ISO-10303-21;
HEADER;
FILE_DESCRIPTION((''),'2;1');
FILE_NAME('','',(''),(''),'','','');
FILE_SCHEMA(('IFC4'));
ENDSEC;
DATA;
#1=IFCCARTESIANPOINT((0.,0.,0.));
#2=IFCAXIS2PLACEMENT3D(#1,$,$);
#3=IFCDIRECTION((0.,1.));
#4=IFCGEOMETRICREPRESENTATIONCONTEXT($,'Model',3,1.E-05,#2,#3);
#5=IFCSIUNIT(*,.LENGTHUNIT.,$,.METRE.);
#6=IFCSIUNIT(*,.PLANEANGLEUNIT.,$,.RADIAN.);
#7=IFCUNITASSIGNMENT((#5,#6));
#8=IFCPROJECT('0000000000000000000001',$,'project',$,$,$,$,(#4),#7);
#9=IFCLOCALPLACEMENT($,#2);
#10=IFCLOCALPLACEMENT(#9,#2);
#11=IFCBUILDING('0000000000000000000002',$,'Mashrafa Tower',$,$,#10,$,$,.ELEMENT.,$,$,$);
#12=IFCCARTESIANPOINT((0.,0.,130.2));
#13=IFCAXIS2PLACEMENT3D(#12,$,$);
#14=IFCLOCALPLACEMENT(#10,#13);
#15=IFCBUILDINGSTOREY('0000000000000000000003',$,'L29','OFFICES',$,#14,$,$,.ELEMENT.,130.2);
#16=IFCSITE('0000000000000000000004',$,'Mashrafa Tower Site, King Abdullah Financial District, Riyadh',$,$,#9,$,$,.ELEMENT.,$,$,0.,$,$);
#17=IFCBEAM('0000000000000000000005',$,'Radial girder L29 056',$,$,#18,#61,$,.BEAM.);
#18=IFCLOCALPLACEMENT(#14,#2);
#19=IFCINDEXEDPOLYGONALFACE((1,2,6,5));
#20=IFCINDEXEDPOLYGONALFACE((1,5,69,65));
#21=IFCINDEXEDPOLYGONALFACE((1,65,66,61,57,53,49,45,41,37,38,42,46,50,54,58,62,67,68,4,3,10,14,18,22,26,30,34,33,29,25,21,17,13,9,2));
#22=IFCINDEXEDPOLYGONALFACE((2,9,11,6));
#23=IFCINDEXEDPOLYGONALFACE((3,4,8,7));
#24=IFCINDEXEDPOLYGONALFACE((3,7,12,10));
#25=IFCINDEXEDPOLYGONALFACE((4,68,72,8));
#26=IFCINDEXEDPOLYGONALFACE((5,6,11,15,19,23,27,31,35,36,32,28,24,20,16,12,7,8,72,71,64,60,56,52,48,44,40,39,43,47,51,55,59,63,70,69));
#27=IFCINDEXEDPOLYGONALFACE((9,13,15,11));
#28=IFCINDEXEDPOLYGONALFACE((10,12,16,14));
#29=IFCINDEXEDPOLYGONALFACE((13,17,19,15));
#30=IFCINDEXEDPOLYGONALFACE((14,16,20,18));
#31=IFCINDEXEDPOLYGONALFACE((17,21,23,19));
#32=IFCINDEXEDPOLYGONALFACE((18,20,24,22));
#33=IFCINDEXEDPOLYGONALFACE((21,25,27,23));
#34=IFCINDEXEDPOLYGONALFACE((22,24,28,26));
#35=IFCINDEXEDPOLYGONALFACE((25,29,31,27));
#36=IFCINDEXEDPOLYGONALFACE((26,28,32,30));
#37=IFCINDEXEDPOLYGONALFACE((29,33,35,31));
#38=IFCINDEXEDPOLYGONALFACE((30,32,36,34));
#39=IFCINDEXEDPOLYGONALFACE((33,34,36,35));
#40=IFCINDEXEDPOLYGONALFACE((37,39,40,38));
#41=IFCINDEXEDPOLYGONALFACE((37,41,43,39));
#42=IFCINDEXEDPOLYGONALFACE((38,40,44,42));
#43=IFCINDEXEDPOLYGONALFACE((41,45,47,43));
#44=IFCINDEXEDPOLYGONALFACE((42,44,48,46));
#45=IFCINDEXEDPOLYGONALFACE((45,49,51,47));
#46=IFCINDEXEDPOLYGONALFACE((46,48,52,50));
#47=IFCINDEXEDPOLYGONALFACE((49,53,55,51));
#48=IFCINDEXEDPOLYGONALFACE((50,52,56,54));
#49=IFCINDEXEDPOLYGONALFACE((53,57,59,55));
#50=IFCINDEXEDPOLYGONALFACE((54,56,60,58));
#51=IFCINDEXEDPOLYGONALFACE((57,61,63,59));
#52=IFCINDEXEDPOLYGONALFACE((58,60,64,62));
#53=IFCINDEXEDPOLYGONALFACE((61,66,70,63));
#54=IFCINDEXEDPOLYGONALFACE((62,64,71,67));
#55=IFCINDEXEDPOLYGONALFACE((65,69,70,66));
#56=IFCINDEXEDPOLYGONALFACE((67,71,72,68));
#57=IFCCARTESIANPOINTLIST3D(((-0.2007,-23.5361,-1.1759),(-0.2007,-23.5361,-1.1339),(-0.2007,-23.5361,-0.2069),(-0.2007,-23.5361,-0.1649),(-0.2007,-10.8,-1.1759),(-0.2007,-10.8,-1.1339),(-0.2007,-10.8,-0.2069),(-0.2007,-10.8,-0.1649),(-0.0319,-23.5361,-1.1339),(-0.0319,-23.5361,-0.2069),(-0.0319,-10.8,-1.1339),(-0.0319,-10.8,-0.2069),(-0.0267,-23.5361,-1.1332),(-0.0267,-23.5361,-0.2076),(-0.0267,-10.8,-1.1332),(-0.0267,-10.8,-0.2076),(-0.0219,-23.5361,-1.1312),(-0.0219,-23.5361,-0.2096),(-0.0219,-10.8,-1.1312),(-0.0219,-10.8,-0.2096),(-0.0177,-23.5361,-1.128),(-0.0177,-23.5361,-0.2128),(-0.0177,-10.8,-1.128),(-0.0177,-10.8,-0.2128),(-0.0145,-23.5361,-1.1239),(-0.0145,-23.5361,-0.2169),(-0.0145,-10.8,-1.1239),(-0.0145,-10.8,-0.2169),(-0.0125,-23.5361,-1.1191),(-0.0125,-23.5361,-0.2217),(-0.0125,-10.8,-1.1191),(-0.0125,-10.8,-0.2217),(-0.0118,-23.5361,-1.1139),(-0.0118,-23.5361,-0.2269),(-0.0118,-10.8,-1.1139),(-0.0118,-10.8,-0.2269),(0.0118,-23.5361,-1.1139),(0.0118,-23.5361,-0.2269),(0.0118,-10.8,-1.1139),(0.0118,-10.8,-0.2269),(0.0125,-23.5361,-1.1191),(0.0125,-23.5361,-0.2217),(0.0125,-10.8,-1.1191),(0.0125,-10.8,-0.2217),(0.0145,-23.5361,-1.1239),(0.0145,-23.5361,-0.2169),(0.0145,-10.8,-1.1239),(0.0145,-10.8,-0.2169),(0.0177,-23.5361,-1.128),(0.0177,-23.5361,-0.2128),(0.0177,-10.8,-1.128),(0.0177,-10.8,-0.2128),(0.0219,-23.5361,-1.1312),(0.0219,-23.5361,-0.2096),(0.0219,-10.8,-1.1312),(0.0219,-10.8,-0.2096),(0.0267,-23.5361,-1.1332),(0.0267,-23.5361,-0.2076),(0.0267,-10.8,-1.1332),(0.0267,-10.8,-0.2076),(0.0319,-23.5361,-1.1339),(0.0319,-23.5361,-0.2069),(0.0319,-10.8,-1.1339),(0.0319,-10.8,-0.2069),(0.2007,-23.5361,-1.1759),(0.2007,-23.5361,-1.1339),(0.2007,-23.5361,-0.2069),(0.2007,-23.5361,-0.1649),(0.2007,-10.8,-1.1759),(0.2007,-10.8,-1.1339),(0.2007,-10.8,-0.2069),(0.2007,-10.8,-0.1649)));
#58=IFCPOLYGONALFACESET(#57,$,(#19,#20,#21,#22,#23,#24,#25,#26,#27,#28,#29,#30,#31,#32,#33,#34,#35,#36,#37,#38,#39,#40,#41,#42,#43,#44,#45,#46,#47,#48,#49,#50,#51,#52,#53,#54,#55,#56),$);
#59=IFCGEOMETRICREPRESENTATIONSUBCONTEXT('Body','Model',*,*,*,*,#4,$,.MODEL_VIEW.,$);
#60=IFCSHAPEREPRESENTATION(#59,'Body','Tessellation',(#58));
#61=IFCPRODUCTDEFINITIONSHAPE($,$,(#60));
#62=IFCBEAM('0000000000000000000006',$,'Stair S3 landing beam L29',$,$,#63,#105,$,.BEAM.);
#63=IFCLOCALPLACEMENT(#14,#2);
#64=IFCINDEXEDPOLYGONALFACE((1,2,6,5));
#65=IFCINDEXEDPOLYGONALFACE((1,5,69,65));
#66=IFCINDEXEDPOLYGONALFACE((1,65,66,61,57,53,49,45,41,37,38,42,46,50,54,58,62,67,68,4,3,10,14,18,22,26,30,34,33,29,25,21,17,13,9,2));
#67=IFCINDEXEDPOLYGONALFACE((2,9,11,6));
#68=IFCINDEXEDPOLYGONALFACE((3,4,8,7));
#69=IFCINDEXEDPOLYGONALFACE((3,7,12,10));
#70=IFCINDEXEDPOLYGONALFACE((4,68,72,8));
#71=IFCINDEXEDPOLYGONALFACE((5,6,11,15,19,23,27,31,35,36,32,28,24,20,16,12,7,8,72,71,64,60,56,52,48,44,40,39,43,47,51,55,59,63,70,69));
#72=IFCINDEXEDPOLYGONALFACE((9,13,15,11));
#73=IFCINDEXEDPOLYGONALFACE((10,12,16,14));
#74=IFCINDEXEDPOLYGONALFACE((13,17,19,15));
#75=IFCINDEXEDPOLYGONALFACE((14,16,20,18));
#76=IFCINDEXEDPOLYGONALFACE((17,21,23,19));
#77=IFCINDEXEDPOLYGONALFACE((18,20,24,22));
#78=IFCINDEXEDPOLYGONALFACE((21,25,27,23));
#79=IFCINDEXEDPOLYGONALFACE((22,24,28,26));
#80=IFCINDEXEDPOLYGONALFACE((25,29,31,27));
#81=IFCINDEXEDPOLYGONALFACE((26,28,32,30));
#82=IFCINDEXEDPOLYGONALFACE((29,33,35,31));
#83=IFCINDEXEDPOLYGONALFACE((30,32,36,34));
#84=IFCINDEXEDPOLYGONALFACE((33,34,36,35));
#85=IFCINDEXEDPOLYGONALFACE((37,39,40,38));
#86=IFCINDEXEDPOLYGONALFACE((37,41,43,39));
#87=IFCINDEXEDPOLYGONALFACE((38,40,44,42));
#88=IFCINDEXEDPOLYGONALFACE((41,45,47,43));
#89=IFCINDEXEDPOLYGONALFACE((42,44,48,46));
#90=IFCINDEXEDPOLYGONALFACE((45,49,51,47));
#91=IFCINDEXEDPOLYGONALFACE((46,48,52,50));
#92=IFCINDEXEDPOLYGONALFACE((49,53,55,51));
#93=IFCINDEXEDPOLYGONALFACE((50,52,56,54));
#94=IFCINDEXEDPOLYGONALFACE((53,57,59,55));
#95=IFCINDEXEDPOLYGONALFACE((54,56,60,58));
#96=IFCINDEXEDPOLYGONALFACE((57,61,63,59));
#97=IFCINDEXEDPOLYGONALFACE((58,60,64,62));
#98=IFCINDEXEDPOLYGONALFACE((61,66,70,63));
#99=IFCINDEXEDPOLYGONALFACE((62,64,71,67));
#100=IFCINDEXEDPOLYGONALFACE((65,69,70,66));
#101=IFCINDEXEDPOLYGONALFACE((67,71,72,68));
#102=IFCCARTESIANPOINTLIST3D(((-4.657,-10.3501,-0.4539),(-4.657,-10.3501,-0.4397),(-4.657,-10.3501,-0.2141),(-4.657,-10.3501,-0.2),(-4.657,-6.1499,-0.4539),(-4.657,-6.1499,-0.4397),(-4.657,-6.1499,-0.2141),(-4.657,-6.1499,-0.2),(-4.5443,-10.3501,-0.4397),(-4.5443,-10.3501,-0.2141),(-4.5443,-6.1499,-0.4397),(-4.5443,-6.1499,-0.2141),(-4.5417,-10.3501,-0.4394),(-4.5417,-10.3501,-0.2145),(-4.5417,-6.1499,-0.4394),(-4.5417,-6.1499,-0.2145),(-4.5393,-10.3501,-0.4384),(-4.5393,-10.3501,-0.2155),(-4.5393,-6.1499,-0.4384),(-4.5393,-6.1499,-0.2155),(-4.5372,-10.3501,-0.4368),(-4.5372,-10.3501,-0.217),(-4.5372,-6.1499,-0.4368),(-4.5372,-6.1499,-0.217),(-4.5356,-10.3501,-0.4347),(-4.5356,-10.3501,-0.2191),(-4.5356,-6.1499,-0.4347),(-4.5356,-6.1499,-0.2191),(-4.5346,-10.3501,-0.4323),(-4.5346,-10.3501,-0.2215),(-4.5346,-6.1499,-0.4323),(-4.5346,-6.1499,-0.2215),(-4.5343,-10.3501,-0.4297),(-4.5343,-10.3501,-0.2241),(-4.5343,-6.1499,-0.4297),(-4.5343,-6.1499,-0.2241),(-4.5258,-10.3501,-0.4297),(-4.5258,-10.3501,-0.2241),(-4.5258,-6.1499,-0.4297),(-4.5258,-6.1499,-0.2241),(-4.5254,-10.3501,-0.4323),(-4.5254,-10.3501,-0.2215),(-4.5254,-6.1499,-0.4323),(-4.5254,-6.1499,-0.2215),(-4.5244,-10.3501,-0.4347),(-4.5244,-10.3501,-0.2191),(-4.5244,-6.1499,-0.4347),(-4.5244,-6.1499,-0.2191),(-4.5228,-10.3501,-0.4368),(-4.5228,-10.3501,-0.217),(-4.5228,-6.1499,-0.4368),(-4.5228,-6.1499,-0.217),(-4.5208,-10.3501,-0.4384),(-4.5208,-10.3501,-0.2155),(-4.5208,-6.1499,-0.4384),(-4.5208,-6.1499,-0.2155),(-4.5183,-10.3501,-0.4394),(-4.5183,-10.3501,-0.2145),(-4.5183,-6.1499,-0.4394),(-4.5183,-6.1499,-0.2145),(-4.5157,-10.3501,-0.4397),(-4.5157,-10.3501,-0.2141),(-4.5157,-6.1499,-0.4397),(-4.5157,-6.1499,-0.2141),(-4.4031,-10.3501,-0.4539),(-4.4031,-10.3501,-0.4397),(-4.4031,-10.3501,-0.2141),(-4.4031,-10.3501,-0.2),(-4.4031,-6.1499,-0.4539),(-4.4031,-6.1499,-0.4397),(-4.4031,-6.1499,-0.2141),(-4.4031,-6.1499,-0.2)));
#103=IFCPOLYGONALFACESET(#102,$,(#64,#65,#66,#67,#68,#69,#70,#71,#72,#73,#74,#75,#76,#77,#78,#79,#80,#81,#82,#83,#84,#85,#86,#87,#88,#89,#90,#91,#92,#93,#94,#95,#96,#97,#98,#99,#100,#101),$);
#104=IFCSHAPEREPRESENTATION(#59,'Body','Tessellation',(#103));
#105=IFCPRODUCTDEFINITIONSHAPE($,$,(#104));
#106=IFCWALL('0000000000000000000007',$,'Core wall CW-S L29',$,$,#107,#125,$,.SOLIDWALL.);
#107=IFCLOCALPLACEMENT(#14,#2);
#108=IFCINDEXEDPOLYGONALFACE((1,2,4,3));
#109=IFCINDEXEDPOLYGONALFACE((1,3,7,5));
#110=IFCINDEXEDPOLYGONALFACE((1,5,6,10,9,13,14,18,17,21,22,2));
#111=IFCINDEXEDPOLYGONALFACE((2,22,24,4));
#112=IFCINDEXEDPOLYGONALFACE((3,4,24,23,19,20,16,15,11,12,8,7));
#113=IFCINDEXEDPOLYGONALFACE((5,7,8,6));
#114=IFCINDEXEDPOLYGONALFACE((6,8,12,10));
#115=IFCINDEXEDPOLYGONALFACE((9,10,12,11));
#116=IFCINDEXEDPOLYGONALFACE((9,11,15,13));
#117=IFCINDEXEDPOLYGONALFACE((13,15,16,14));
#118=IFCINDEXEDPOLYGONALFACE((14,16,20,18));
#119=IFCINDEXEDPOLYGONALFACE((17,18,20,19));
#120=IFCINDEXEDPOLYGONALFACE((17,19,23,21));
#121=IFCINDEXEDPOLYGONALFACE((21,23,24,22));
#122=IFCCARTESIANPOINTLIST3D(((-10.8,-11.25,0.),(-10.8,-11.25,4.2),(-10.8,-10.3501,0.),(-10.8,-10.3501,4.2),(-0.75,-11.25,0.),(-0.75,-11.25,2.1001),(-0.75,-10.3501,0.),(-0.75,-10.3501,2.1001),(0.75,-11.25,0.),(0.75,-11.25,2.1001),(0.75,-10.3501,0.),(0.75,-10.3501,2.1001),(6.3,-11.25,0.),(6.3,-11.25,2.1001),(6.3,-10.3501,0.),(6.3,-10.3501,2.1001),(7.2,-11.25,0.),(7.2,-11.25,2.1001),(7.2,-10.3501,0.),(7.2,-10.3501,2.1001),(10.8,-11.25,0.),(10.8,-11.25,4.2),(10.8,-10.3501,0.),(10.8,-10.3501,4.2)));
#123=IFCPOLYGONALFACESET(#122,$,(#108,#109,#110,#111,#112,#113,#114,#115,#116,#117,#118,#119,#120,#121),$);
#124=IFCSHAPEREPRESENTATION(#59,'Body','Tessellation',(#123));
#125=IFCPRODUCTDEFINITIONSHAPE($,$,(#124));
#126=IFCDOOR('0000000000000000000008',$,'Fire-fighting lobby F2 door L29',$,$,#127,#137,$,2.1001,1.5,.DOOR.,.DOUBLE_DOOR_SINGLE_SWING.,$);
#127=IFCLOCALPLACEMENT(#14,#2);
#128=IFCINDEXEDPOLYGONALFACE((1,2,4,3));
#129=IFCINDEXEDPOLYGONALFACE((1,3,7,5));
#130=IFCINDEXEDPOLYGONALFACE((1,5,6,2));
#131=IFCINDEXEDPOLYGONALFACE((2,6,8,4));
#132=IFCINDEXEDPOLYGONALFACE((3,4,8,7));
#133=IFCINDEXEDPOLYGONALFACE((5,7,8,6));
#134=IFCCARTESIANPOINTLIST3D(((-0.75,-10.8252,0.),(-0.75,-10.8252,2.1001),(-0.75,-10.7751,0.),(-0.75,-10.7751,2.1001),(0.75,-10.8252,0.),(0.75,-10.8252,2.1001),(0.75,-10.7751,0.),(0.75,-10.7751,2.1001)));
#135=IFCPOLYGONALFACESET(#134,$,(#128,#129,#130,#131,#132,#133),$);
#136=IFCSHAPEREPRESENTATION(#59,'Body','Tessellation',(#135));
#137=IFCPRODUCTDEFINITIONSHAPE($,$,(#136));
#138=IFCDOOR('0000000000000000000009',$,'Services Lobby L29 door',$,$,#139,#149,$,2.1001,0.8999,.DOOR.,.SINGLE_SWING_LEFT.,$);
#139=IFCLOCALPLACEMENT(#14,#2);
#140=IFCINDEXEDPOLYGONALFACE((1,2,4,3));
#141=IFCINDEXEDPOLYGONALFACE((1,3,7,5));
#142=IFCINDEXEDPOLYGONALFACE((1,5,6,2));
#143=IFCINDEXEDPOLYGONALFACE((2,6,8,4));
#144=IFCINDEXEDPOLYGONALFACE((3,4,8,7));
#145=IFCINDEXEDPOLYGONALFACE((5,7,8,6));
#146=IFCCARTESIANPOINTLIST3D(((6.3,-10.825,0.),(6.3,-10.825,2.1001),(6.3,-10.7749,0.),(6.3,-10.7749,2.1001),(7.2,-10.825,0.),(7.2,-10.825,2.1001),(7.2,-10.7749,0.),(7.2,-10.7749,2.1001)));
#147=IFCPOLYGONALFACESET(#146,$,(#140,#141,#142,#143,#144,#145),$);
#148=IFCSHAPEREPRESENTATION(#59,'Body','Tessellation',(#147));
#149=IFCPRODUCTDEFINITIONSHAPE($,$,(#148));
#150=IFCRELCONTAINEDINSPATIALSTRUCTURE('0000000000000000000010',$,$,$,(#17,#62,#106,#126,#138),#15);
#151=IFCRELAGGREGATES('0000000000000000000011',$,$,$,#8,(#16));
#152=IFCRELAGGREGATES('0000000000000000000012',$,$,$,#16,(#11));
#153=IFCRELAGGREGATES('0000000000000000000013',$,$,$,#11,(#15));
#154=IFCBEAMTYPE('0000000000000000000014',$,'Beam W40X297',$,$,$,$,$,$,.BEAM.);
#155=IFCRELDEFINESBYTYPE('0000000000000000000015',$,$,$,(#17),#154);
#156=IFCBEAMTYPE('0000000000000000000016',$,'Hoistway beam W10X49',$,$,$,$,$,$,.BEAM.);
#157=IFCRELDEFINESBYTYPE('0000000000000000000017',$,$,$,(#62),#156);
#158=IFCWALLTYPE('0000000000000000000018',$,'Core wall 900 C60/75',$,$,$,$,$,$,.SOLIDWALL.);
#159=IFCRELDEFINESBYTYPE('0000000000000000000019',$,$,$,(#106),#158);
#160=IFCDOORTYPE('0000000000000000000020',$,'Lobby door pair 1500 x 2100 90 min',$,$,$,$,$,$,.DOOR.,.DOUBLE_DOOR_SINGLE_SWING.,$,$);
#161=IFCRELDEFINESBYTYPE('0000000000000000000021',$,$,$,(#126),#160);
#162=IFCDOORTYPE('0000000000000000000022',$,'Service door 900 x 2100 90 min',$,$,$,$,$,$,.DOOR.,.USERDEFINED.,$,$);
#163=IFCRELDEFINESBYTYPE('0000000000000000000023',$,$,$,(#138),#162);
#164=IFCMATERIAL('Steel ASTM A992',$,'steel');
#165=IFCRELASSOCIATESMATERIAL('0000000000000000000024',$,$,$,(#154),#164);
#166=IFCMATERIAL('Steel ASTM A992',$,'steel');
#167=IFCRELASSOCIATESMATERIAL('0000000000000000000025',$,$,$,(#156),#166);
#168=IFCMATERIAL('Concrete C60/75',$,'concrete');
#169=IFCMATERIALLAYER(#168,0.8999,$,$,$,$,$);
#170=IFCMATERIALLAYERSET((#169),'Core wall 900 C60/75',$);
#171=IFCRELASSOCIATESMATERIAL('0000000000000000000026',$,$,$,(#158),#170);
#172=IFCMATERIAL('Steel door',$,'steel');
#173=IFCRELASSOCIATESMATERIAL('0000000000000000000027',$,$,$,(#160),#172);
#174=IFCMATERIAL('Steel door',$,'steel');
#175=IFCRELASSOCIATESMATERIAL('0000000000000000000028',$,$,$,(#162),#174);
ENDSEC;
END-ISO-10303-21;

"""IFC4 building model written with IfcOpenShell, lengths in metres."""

from ifc_helpers import new_model, si_unit, direction, frame, frame_2d, origin, origin_2d, place, context, subcontext, project, spatial, rectangle, i_section, extrude, material, layer, layer_set, material_profile, profile_set, type_object, element, fill, save


model = new_model("IFC4")

# Units and contexts
model_context = context("Model", 3, precision=1e-05, world=origin(), true_north=direction((0.0, 1.0)))
body_context = subcontext(model_context, "Body", "Model", "MODEL_VIEW")
ifc_project = project(units=[si_unit("LENGTHUNIT", "METRE"), si_unit("PLANEANGLEUNIT", "RADIAN")], contexts=[model_context])

# Site, building, storey
site_placement = place(None, origin())
site = spatial("IfcSite", under=ifc_project, at=site_placement, Name="Mashrafa Tower Site, King Abdullah Financial District, Riyadh", CompositionType="ELEMENT", RefElevation=0.0)
building_placement = place(site_placement, origin())
building = spatial("IfcBuilding", under=site, at=building_placement, Name="Mashrafa Tower", CompositionType="ELEMENT")
storey_placement = place(building_placement, frame((0.0, 0.0, 130.2)))
storey = spatial("IfcBuildingStorey", under=building, at=storey_placement, Name="L29", Description="OFFICES", CompositionType="ELEMENT", Elevation=130.2)

# Beams
ifc_material_1 = material(Name="Steel ASTM A992", Category="steel")
ifc_material_profile_1 = material_profile(ifc_material_1, i_section(OverallWidth=0.4014, OverallDepth=1.011, WebThickness=0.0237, FlangeThickness=0.042, FilletRadius=0.02, at=origin_2d()), Name="W40X297")
ifc_profile_set_1 = profile_set([ifc_material_profile_1], Name="Steel ASTM A992")
beam_type_1 = type_object("IfcBeamType", Name="Beam W40X297", PredefinedType="BEAM", material=ifc_profile_set_1)
beam_1_placement = place(storey_placement, frame((0.0, -10.8, -0.6704), z_axis=(0.0, -1.0, 0.0), x_axis=(1.0, 0.0, 0.0)))
element("IfcBeam", 1, at=beam_1_placement, inside=storey, type_object=beam_type_1, Name="Radial girder L29 056", PredefinedType="BEAM", context=body_context, shape_type="SweptSolid", body=[
    extrude(i_section(OverallWidth=0.4014, OverallDepth=1.011, WebThickness=0.0237, FlangeThickness=0.042, FilletRadius=0.02, at=origin_2d()), origin(), (0.0, 0.0, 1.0), 12.7361),
])
ifc_material_2 = material(Name="Steel ASTM A992", Category="steel")
ifc_material_profile_2 = material_profile(ifc_material_2, i_section(OverallWidth=0.2539, OverallDepth=0.2539, WebThickness=0.0085, FlangeThickness=0.0142, FilletRadius=0.01, at=origin_2d()), Name="W10X49")
ifc_profile_set_2 = profile_set([ifc_material_profile_2], Name="Steel ASTM A992")
beam_type_2 = type_object("IfcBeamType", Name="Hoistway beam W10X49", PredefinedType="BEAM", material=ifc_profile_set_2)
beam_2_placement = place(storey_placement, frame((-4.53, -10.3501, -0.3269), z_axis=(0.0, 1.0, 0.0), x_axis=(-1.0, 0.0, 0.0)))
element("IfcBeam", 2, at=beam_2_placement, inside=storey, type_object=beam_type_2, Name="Stair S3 landing beam L29", PredefinedType="BEAM", context=body_context, shape_type="SweptSolid", body=[
    extrude(i_section(OverallWidth=0.2539, OverallDepth=0.2539, WebThickness=0.0085, FlangeThickness=0.0142, FilletRadius=0.01, at=origin_2d()), origin(), (0.0, 0.0, 1.0), 4.2002),
])

# Wall, openings, doors
ifc_material_3 = material(Name="Concrete C60/75", Category="concrete")
ifc_layer_1 = layer(ifc_material_3, 0.8999)
ifc_layer_set_1 = layer_set([ifc_layer_1], Name="Core wall 900 C60/75")
wall_type_1 = type_object("IfcWallType", Name="Core wall 900 C60/75", PredefinedType="SOLIDWALL", material=ifc_layer_set_1)
wall_1_placement = place(storey_placement, frame((-10.8, -10.8, 0.0), z_axis=(0.0, 0.0, 1.0), x_axis=(1.0, 0.0, 0.0)))
wall_1 = element("IfcWall", 3, at=wall_1_placement, inside=storey, type_object=wall_type_1, Name="Core wall CW-S L29", PredefinedType="SOLIDWALL", context=body_context, shape_type="SweptSolid", body=[
    extrude(rectangle(XDim=21.6001, YDim=0.8999, at=frame_2d((10.8, 0.0))), origin(), (0.0, 0.0, 1.0), 4.2),
])
opening_1_placement = place(wall_1_placement, frame((10.05, 0.0, 0.0)))
opening_1 = element("IfcOpeningElement", 4, at=opening_1_placement, cuts=wall_1, PredefinedType="OPENING", context=body_context, shape_type="SweptSolid", body=[
    extrude(rectangle(XDim=1.5, YDim=2.1001, at=frame_2d((0.75, 1.05))), frame((0.0, 0.46, 0.0), z_axis=(0.0, -1.0, 0.0), x_axis=(1.0, 0.0, 0.0)), (0.0, 0.0, 1.0), 0.9199),
])
opening_2_placement = place(wall_1_placement, frame((17.1001, 0.0, 0.0)))
opening_2 = element("IfcOpeningElement", 5, at=opening_2_placement, cuts=wall_1, PredefinedType="OPENING", context=body_context, shape_type="SweptSolid", body=[
    extrude(rectangle(XDim=0.8999, YDim=2.1001, at=frame_2d((0.45, 1.05))), frame((0.0, 0.46, 0.0), z_axis=(0.0, -1.0, 0.0), x_axis=(1.0, 0.0, 0.0)), (0.0, 0.0, 1.0), 0.9199),
])
ifc_material_4 = material(Name="Steel door", Category="steel")
door_type_1 = type_object("IfcDoorType", Name="Lobby door pair 1500 x 2100 90 min", OperationType="DOUBLE_DOOR_SINGLE_SWING", PredefinedType="DOOR", material=ifc_material_4)
door_1_placement = place(opening_1_placement, origin())
door_1 = element("IfcDoor", 6, at=door_1_placement, inside=storey, type_object=door_type_1, Name="Fire-fighting lobby F2 door L29", OperationType="DOUBLE_DOOR_SINGLE_SWING", OverallHeight=2.1001, OverallWidth=1.5, PredefinedType="DOOR", context=body_context, shape_type="SweptSolid", body=[
    extrude(rectangle(XDim=1.5, YDim=2.1001, at=frame_2d((0.75, 1.05))), frame((0.0, 0.0249, 0.0), z_axis=(0.0, -1.0, 0.0), x_axis=(1.0, 0.0, 0.0)), (0.0, 0.0, 1.0), 0.05),
])
fill(opening_1, door_1)
ifc_material_5 = material(Name="Steel door", Category="steel")
door_type_2 = type_object("IfcDoorType", Name="Service door 900 x 2100 90 min", OperationType="USERDEFINED", PredefinedType="DOOR", material=ifc_material_5)
door_2_placement = place(opening_2_placement, frame((0.8999, 0.0, 0.0), z_axis=(0.0, 0.0, 1.0), x_axis=(-1.0, 0.0, 0.0)))
door_2 = element("IfcDoor", 7, at=door_2_placement, inside=storey, type_object=door_type_2, Name="Services Lobby L29 door", OperationType="SINGLE_SWING_LEFT", OverallHeight=2.1001, OverallWidth=0.8999, PredefinedType="DOOR", context=body_context, shape_type="SweptSolid", body=[
    extrude(rectangle(XDim=0.8999, YDim=2.1001, at=frame_2d((0.45, 1.05))), frame((0.0, 0.0249, 0.0), z_axis=(0.0, -1.0, 0.0), x_axis=(1.0, 0.0, 0.0)), (0.0, 0.0, 1.0), 0.05),
])
fill(opening_2, door_2)

save(model, "model.ifc")
